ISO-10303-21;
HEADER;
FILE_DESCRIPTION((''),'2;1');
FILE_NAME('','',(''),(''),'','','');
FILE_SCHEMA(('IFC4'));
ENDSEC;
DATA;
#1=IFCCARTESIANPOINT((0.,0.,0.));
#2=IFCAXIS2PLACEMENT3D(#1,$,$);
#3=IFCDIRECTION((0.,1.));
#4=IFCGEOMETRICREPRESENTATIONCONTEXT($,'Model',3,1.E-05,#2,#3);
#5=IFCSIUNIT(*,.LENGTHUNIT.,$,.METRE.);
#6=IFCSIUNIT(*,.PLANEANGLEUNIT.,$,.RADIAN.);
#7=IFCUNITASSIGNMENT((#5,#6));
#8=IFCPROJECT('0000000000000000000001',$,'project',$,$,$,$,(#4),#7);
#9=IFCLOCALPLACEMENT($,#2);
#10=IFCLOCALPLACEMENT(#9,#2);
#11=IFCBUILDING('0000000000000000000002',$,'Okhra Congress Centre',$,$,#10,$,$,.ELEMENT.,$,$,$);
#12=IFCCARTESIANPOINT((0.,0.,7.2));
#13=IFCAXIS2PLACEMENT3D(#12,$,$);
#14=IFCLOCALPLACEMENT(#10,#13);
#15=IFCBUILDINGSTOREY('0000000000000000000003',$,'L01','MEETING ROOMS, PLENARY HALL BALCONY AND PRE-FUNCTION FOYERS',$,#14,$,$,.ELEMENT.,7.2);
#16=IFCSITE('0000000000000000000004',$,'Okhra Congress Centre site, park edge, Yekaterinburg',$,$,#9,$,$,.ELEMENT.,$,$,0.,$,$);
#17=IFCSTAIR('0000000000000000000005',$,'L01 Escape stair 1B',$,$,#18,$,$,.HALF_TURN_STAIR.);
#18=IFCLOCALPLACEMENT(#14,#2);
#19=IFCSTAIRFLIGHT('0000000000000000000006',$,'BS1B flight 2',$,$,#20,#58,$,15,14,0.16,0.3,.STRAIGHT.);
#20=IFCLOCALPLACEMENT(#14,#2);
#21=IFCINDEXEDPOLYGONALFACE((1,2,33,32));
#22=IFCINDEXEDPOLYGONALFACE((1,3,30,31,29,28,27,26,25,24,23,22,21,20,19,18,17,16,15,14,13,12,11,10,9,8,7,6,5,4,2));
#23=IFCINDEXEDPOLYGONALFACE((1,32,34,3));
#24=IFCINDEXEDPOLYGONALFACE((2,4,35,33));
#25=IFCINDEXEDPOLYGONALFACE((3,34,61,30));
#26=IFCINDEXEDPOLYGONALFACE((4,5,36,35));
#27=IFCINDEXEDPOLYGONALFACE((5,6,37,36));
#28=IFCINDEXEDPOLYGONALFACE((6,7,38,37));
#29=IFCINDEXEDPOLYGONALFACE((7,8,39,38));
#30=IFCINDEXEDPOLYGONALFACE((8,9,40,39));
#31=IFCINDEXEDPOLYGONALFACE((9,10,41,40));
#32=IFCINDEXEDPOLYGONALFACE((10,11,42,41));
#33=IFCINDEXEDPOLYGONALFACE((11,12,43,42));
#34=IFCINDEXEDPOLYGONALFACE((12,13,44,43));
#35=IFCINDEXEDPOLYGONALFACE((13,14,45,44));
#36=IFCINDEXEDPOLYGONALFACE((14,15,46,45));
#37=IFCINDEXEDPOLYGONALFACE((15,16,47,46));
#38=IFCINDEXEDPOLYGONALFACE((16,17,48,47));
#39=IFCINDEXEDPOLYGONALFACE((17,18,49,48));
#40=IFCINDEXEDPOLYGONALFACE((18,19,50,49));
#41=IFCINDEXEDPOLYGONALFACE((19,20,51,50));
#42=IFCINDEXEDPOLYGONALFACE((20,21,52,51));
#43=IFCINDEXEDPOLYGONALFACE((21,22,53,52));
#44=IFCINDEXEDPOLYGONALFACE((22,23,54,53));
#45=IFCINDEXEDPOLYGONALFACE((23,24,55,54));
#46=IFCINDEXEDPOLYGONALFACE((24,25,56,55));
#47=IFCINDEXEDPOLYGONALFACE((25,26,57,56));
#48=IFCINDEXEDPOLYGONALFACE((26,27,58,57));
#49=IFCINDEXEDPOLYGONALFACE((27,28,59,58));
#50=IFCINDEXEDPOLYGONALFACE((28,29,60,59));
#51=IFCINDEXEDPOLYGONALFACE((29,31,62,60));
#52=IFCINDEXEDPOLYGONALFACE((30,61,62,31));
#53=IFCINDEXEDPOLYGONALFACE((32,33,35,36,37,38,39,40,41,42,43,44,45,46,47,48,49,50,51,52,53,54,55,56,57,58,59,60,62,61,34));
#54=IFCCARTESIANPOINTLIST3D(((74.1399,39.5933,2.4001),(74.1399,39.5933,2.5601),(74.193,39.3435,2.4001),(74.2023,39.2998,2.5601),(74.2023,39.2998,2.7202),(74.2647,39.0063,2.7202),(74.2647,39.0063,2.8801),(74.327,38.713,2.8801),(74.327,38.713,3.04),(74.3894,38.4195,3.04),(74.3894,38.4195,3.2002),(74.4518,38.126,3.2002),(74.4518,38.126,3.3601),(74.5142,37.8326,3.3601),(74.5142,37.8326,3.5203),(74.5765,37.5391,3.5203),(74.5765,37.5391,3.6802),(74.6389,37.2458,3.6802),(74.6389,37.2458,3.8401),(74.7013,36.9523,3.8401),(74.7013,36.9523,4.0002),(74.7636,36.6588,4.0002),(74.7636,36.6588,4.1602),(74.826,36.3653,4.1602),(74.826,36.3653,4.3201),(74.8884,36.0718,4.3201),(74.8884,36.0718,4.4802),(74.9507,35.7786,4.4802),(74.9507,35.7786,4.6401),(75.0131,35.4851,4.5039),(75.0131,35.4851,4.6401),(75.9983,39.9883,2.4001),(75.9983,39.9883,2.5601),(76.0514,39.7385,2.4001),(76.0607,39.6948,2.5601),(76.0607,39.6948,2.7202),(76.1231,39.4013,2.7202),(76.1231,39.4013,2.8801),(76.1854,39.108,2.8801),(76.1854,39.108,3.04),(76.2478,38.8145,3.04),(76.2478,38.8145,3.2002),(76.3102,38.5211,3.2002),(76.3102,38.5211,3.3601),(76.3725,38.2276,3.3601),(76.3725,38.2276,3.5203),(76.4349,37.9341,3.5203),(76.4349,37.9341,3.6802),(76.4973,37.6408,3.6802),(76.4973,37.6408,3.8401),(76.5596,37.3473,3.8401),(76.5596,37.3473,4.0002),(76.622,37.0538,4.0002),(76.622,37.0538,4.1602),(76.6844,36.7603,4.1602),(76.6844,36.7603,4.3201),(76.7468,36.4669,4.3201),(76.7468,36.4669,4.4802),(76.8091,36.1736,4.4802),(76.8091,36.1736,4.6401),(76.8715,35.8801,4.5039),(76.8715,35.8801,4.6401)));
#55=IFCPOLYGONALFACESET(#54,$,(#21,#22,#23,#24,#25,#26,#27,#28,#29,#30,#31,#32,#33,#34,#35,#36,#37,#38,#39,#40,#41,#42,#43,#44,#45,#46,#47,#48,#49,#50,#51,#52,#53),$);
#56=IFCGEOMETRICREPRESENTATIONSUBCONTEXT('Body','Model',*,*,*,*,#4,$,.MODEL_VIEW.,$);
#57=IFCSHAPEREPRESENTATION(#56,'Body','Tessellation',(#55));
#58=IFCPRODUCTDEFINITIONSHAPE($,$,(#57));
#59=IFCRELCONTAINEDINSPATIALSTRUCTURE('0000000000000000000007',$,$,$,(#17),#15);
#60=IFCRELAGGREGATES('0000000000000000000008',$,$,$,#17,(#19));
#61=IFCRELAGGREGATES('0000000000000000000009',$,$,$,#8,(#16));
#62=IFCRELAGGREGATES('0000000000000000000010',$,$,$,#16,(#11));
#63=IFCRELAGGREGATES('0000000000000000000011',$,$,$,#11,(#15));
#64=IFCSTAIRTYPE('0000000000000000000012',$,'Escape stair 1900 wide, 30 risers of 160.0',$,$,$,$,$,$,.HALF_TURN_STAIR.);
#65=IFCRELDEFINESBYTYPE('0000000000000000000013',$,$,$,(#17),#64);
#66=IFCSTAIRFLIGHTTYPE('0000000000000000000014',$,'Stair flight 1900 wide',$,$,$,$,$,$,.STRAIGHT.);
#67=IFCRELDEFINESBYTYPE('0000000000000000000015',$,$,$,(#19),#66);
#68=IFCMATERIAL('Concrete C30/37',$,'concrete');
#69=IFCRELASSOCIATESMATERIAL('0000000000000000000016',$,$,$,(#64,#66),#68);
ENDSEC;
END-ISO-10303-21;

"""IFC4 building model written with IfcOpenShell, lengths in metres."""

from ifc_helpers import new_model, si_unit, direction, frame, origin, place, context, subcontext, project, spatial, polyline, outline, extrude, material, type_object, element, aggregate, save


model = new_model("IFC4")

# Units and contexts
model_context = context("Model", 3, precision=1e-05, world=origin(), true_north=direction((0.0, 1.0)))
body_context = subcontext(model_context, "Body", "Model", "MODEL_VIEW")
ifc_project = project(units=[si_unit("LENGTHUNIT", "METRE"), si_unit("PLANEANGLEUNIT", "RADIAN")], contexts=[model_context])

# Site, building, storey
site_placement = place(None, origin())
site = spatial("IfcSite", under=ifc_project, at=site_placement, Name="Okhra Congress Centre site, park edge, Yekaterinburg", CompositionType="ELEMENT", RefElevation=0.0)
building_placement = place(site_placement, origin())
building = spatial("IfcBuilding", under=site, at=building_placement, Name="Okhra Congress Centre", CompositionType="ELEMENT")
storey_placement = place(building_placement, frame((0.0, 0.0, 7.2)))
storey = spatial("IfcBuildingStorey", under=building, at=storey_placement, Name="L01", Description="MEETING ROOMS, PLENARY HALL BALCONY AND PRE-FUNCTION FOYERS", CompositionType="ELEMENT", Elevation=7.2)

# Shared definitions
ifc_material_1 = material(Name="Concrete C30/37", Category="concrete")

# Shared definitions
stair_type = type_object("IfcStairType", Name="Escape stair 1900 wide, 30 risers of 160.0", PredefinedType="HALF_TURN_STAIR", material=ifc_material_1)
stair_flight_type = type_object("IfcStairFlightType", Name="Stair flight 1900 wide", PredefinedType="STRAIGHT", material=ifc_material_1)

# Stair, stair flight
stair_1_placement = place(storey_placement, origin())
stair_1 = element("IfcStair", 1, at=stair_1_placement, inside=storey, type_object=stair_type, Name="L01 Escape stair 1B", PredefinedType="HALF_TURN_STAIR")
stair_flight_1_placement = place(storey_placement, frame((75.0691, 39.7908, 2.4001), z_axis=(0.0, 0.0, 1.0), x_axis=(0.207912, -0.978148, 0.0)))
stair_flight_1 = element("IfcStairFlight", 2, at=stair_flight_1_placement, type_object=stair_flight_type, Name="BS1B flight 2", NumberOfRisers=15, NumberOfTreads=14, PredefinedType="STRAIGHT", RiserHeight=0.16, TreadLength=0.3, context=body_context, shape_type="SweptSolid", body=[
    extrude(outline(polyline([(0.0, 0.0), (0.0, 0.1599), (0.3, 0.1599), (0.3, 0.3201), (0.6001, 0.3201), (0.6001, 0.48), (0.8999, 0.48), (0.8999, 0.6399), (1.2, 0.6399), (1.2, 0.8), (1.5, 0.8), (1.5, 0.96), (1.8, 0.96), (1.8, 1.1201), (2.1001, 1.1201), (2.1001, 1.28), (2.3999, 1.28), (2.3999, 1.4399), (2.7, 1.4399), (2.7, 1.6001), (3.0, 1.6001), (3.0, 1.76), (3.3, 1.76), (3.3, 1.9199), (3.6001, 1.9199), (3.6001, 2.0801), (3.8999, 2.0801), (3.8999, 2.24), (4.2, 2.24), (4.2, 2.3999), (4.2, 2.1038), (0.2554, 0.0), (0.0, 0.0)])), frame((0.0, 0.95, 0.0), z_axis=(0.0, -1.0, 0.0), x_axis=(1.0, 0.0, 0.0)), (0.0, 0.0, 1.0), 1.8999),
])
aggregate(stair_1, [stair_flight_1])

save(model, "model.ifc")
